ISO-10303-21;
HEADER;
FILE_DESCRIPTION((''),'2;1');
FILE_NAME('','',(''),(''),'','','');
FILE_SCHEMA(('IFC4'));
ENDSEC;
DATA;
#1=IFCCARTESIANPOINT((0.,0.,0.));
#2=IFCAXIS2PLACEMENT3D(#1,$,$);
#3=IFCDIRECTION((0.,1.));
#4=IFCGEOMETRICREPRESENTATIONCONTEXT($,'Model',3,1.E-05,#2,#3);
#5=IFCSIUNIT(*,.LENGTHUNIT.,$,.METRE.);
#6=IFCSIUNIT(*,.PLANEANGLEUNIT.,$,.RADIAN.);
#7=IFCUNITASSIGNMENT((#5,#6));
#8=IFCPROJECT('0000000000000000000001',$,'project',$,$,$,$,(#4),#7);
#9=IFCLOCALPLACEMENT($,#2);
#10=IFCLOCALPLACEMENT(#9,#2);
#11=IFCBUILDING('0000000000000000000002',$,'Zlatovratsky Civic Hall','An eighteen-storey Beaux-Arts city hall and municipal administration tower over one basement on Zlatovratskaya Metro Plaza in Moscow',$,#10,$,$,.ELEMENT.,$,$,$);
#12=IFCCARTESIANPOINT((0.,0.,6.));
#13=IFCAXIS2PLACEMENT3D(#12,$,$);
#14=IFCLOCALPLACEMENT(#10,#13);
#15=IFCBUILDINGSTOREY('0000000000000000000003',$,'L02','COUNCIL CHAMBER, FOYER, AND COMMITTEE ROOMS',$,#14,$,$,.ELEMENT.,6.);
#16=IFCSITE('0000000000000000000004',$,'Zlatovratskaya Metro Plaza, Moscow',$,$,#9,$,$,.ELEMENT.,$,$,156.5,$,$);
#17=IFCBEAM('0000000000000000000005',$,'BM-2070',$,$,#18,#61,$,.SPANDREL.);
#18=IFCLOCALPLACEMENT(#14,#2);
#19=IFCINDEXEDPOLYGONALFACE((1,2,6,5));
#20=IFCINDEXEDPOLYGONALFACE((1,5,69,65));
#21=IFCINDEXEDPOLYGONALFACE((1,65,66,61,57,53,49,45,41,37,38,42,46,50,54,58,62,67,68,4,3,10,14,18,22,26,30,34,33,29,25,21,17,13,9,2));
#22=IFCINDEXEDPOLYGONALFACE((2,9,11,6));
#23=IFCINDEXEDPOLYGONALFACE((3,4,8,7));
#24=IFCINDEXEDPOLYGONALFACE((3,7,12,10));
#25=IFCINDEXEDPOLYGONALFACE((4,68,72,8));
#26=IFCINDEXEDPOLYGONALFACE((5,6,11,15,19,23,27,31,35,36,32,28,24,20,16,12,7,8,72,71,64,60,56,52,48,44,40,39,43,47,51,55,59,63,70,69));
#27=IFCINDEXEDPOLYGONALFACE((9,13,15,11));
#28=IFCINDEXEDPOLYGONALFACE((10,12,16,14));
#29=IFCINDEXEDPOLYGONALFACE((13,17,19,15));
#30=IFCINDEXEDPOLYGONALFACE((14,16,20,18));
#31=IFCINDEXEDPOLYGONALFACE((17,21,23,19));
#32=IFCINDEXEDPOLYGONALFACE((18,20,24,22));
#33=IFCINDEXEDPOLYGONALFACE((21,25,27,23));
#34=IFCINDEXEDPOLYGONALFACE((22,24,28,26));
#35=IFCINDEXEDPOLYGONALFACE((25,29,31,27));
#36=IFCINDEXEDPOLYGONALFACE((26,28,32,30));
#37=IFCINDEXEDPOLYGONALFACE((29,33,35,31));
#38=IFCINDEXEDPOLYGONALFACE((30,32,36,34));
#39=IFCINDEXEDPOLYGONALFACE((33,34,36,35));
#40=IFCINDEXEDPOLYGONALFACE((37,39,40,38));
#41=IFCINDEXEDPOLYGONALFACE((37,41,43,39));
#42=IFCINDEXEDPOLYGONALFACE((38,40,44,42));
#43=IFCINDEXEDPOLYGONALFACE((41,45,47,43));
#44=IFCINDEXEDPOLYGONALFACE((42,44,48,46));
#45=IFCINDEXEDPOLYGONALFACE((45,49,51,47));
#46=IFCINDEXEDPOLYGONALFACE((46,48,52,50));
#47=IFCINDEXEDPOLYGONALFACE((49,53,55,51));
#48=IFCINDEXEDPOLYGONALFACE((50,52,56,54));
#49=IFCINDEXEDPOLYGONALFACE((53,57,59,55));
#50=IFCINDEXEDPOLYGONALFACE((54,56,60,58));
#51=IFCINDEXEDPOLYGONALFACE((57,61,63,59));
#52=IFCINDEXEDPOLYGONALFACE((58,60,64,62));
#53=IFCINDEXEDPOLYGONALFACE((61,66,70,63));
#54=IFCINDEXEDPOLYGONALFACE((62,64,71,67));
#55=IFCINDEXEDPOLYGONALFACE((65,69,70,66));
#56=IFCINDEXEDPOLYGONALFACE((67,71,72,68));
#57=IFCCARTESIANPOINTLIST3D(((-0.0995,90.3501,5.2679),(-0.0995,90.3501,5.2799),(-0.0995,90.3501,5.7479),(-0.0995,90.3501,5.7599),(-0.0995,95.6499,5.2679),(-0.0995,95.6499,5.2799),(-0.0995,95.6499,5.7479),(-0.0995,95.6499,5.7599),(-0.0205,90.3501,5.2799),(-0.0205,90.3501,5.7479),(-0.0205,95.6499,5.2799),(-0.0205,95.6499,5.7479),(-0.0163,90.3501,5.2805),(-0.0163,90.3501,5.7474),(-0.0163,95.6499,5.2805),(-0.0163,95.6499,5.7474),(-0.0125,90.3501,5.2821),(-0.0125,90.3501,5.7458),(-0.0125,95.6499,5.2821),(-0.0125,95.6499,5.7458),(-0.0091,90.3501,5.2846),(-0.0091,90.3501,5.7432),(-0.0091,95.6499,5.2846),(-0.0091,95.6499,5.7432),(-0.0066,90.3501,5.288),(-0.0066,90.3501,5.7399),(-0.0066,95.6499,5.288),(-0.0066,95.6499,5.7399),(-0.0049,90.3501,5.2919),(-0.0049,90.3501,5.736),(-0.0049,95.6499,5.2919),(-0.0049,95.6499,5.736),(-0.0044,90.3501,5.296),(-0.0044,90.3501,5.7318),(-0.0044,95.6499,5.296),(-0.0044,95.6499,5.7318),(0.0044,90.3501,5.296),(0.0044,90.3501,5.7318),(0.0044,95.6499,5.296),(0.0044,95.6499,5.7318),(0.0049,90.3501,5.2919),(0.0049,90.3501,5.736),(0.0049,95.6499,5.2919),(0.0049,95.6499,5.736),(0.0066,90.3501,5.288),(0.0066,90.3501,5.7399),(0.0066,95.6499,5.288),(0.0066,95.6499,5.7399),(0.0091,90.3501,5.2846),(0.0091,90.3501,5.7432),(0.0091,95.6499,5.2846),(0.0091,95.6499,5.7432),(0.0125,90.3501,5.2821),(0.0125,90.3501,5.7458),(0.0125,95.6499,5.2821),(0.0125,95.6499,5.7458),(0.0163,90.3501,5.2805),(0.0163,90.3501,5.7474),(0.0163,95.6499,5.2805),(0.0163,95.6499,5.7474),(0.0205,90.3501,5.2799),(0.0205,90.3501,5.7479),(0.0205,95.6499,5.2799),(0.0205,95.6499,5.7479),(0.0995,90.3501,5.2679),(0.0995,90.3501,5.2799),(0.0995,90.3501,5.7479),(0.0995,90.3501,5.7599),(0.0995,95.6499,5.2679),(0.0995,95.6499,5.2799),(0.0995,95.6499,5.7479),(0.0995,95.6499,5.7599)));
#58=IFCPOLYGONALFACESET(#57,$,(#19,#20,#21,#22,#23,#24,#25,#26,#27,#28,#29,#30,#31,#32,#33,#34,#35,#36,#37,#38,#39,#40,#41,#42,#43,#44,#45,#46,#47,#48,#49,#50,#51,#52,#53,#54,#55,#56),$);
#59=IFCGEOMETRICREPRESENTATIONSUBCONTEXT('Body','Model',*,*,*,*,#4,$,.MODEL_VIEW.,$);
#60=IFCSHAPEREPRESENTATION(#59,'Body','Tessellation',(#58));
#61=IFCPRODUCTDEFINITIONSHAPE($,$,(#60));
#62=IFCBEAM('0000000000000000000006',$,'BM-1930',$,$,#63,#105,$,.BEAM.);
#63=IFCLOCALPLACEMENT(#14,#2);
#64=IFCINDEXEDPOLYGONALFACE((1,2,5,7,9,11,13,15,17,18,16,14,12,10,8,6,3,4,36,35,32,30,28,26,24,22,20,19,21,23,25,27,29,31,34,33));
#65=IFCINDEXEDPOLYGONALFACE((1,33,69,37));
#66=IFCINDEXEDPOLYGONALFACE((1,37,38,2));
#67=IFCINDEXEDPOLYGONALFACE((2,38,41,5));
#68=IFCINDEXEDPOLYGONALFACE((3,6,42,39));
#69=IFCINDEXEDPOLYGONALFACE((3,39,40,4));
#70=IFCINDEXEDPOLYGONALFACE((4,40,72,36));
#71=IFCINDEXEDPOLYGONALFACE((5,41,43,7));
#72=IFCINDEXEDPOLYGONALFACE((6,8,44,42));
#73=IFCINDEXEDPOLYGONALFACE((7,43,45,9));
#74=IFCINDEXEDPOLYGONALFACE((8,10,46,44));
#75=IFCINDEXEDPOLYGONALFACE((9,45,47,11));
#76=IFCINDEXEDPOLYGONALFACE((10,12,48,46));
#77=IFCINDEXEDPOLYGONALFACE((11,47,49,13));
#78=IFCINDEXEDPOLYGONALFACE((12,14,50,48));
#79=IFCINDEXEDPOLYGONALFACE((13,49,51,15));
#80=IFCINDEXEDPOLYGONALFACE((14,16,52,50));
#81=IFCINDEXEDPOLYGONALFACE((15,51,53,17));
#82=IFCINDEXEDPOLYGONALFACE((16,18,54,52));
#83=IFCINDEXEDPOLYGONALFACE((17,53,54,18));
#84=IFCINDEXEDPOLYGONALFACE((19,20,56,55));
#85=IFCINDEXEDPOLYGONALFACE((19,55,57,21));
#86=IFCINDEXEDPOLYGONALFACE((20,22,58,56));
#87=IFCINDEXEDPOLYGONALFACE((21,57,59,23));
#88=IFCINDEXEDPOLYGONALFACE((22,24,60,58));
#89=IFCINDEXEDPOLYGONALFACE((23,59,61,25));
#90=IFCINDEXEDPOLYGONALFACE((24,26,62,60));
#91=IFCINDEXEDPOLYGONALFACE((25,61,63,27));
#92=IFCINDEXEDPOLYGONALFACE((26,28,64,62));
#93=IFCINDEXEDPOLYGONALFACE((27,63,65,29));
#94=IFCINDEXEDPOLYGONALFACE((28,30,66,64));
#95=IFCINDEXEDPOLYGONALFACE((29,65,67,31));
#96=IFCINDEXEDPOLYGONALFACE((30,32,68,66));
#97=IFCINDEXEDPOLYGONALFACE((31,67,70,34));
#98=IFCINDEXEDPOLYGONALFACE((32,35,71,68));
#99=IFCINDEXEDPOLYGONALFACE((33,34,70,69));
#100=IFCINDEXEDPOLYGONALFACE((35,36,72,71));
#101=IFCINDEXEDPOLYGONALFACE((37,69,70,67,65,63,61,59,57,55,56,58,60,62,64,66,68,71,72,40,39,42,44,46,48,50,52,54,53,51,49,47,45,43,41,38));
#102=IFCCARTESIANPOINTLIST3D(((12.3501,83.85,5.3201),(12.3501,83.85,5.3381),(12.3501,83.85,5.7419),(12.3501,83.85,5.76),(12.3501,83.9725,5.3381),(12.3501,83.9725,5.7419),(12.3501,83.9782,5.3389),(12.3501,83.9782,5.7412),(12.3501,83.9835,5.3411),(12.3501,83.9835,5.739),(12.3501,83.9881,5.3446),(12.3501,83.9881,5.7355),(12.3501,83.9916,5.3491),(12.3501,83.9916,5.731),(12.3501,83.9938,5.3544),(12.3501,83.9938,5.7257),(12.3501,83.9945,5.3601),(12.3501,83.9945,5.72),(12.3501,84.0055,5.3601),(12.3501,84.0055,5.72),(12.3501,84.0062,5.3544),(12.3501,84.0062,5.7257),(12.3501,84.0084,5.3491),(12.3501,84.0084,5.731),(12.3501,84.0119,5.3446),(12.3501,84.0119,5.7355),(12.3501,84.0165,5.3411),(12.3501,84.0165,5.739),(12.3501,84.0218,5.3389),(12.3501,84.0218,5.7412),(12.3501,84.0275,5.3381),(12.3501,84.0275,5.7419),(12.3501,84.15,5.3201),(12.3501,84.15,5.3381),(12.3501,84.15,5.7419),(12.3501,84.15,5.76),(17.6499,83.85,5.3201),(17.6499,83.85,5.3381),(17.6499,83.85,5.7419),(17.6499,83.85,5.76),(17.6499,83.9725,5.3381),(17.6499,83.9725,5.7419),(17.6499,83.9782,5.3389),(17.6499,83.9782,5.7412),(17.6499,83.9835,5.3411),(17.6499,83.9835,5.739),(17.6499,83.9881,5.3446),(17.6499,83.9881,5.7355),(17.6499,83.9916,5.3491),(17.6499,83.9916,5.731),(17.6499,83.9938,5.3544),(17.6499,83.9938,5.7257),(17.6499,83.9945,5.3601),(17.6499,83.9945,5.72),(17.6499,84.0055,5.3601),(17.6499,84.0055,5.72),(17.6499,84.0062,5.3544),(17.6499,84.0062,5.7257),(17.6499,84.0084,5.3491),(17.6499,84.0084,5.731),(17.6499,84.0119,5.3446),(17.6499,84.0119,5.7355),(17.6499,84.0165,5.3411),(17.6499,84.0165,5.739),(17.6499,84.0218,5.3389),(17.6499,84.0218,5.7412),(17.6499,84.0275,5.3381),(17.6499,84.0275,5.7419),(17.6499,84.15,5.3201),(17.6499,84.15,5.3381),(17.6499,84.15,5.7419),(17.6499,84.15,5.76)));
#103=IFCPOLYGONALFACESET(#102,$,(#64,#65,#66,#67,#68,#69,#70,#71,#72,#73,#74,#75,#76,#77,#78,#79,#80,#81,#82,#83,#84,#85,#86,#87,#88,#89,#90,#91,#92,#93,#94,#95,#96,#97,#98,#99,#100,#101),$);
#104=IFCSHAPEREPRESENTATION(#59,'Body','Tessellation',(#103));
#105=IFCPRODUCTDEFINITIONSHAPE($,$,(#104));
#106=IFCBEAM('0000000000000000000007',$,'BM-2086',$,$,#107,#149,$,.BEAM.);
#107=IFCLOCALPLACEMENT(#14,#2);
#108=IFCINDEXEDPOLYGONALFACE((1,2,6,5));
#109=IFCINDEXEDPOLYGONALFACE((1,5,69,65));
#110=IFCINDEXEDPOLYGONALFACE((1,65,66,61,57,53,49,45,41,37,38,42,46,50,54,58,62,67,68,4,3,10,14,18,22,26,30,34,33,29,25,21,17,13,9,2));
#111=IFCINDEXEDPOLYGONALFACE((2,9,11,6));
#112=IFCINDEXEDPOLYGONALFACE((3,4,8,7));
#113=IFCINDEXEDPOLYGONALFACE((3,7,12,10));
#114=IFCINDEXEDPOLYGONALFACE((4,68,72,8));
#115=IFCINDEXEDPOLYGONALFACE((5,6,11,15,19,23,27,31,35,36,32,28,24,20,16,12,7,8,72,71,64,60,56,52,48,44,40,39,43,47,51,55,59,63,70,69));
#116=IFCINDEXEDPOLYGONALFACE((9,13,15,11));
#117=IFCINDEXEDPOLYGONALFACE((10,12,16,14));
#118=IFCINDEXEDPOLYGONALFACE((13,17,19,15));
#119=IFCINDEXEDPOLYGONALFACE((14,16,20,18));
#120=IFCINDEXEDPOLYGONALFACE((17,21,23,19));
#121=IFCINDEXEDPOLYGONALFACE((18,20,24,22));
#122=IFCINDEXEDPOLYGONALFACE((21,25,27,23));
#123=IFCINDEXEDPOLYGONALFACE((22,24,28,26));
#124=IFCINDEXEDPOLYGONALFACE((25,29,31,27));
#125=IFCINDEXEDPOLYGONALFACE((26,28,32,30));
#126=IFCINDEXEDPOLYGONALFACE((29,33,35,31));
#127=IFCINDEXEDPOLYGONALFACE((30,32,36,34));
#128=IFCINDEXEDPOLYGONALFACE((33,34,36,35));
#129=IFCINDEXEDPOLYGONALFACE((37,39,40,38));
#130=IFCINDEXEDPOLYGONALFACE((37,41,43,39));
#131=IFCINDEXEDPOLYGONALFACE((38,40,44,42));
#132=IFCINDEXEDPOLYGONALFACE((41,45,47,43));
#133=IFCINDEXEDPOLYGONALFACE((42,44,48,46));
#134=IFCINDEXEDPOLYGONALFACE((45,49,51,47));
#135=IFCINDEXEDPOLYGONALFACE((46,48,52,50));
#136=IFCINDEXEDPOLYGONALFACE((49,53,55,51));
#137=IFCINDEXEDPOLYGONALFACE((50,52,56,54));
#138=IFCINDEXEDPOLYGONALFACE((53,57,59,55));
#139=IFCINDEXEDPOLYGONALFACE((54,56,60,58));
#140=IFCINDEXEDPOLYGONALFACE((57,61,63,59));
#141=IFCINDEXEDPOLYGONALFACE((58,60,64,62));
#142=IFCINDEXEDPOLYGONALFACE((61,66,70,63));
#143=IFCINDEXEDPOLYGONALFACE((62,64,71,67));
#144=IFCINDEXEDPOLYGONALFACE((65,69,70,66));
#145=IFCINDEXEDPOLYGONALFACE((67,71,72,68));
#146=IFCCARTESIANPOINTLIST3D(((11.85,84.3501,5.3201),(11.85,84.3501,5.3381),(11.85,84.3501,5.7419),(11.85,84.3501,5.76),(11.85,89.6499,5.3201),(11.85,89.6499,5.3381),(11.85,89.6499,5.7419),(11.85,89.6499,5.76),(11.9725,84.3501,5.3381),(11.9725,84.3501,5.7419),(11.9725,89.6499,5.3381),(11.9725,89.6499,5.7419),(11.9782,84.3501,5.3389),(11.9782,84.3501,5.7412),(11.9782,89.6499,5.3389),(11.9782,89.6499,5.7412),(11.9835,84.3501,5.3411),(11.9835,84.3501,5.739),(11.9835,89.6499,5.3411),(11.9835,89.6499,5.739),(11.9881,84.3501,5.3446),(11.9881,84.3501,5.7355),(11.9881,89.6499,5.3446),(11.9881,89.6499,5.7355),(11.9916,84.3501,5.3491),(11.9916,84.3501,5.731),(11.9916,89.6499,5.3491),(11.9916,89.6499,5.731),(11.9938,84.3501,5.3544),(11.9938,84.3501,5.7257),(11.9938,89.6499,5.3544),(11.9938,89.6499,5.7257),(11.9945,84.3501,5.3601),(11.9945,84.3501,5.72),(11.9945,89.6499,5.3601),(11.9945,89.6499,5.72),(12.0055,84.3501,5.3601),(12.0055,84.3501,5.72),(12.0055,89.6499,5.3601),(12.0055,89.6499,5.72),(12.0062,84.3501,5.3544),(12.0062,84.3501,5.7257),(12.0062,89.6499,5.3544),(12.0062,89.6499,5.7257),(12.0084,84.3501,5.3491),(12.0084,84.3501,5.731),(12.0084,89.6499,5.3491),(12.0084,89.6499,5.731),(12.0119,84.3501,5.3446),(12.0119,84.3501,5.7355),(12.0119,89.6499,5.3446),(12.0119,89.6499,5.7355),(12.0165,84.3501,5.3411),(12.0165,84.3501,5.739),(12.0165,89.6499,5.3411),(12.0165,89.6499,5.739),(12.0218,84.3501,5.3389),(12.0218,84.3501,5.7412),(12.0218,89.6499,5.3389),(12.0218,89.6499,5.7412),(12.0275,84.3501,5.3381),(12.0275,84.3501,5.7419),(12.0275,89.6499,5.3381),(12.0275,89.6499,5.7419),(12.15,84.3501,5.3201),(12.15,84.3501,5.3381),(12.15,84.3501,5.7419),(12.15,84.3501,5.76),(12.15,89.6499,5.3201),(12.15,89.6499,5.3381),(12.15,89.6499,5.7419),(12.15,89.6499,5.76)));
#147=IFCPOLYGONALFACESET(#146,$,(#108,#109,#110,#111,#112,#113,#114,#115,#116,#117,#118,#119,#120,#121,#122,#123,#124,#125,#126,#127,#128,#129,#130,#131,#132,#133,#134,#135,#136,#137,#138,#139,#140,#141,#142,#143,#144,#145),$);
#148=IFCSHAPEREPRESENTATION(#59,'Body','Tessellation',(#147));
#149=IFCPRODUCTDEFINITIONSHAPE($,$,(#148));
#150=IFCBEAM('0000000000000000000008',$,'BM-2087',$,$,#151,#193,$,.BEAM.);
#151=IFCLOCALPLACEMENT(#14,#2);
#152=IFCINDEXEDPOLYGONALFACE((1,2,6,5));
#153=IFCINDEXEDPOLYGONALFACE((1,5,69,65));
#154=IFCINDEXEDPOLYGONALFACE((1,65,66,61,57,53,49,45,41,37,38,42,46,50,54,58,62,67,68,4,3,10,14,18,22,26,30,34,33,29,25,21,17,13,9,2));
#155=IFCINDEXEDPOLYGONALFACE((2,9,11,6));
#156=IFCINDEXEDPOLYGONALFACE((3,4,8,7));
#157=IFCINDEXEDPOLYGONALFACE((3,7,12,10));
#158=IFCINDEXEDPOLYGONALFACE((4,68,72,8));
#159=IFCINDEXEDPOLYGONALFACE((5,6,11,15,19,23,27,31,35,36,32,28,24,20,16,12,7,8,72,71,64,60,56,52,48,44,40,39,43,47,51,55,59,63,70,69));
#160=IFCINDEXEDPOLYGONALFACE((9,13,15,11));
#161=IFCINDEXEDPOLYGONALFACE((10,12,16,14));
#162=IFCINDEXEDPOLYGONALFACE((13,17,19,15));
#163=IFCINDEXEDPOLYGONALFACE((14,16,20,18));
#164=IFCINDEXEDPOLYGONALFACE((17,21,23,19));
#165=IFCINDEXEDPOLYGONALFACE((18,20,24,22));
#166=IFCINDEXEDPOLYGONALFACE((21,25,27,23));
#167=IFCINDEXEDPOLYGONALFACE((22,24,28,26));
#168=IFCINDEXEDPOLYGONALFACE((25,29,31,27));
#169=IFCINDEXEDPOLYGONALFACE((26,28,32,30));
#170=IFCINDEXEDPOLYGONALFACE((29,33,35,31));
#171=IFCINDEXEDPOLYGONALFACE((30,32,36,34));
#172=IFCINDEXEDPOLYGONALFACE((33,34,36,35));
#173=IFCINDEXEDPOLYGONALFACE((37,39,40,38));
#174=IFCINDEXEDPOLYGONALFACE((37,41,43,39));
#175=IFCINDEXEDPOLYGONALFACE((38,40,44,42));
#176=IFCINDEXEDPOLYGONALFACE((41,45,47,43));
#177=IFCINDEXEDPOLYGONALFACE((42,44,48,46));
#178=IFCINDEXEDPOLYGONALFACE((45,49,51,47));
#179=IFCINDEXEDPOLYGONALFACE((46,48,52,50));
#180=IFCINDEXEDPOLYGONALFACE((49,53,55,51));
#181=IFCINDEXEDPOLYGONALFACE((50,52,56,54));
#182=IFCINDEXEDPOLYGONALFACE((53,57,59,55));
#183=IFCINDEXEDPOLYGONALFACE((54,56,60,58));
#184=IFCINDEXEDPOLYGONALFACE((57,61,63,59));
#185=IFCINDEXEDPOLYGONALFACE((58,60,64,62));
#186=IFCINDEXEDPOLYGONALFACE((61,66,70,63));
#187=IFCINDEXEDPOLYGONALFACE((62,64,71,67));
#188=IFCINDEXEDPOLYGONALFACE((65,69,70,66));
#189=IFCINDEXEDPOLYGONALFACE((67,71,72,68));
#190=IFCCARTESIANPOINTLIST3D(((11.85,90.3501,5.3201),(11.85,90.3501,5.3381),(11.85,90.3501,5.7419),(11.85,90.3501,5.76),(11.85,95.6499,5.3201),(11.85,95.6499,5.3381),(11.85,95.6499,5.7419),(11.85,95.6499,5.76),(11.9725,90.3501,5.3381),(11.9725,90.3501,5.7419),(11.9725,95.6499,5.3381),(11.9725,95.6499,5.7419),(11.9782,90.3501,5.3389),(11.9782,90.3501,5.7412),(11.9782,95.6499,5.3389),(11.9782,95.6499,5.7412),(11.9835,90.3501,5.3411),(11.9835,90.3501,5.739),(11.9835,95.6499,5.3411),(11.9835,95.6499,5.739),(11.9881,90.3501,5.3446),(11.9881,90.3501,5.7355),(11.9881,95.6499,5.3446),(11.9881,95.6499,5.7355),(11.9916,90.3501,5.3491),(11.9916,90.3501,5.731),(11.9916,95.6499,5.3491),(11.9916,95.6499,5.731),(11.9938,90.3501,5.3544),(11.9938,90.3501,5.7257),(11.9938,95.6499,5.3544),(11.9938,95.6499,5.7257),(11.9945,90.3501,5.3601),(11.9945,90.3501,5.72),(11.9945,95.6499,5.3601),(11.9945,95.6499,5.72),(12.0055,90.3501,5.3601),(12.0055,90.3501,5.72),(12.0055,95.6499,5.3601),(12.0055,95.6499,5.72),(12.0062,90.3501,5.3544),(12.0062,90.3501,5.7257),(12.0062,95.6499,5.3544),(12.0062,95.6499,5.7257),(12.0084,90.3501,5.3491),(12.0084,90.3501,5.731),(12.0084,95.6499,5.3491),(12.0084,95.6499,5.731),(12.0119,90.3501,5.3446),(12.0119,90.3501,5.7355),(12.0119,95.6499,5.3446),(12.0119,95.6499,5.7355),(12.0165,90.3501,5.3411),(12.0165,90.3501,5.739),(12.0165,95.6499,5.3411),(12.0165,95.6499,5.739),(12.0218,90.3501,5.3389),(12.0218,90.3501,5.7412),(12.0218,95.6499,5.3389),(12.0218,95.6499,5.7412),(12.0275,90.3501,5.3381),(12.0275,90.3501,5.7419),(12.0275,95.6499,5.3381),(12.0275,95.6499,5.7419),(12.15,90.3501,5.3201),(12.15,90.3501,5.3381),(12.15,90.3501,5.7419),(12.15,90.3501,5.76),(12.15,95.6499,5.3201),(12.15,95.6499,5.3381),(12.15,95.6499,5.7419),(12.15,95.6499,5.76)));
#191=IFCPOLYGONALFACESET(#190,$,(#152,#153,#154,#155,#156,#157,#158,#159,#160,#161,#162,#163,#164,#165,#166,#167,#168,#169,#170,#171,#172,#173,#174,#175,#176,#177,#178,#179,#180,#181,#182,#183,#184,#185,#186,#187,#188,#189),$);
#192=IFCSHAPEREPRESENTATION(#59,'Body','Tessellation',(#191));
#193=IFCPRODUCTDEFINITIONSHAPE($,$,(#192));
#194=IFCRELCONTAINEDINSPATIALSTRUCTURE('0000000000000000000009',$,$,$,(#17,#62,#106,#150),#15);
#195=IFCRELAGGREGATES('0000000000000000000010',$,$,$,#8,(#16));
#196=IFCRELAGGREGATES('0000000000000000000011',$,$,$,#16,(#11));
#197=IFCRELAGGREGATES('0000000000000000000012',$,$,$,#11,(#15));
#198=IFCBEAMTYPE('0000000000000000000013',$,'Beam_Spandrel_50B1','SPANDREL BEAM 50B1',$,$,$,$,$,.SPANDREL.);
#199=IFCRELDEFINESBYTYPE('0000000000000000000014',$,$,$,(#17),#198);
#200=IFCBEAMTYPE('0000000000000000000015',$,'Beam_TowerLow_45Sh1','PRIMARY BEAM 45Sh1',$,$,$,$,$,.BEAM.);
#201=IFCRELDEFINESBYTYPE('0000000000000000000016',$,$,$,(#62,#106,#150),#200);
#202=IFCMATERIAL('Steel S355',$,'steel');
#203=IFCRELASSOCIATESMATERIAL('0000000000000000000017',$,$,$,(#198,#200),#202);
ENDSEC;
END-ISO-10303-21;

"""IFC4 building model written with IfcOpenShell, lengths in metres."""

from ifc_helpers import new_model, si_unit, direction, frame, origin, origin_2d, place, context, subcontext, project, spatial, i_section, extrude, material, material_profile, profile_set, type_object, element, save


model = new_model("IFC4")

# Units and contexts
model_context = context("Model", 3, precision=1e-05, world=origin(), true_north=direction((0.0, 1.0)))
body_context = subcontext(model_context, "Body", "Model", "MODEL_VIEW")
ifc_project = project(units=[si_unit("LENGTHUNIT", "METRE"), si_unit("PLANEANGLEUNIT", "RADIAN")], contexts=[model_context])

# Site, building, storey
site_placement = place(None, origin())
site = spatial("IfcSite", under=ifc_project, at=site_placement, Name="Zlatovratskaya Metro Plaza, Moscow", CompositionType="ELEMENT", RefElevation=156.5)
building_placement = place(site_placement, origin())
building = spatial("IfcBuilding", under=site, at=building_placement, Name="Zlatovratsky Civic Hall", Description="An eighteen-storey Beaux-Arts city hall and municipal administration tower over one basement on Zlatovratskaya Metro Plaza in Moscow", CompositionType="ELEMENT")
storey_placement = place(building_placement, frame((0.0, 0.0, 6.0)))
storey = spatial("IfcBuildingStorey", under=building, at=storey_placement, Name="L02", Description="COUNCIL CHAMBER, FOYER, AND COMMITTEE ROOMS", CompositionType="ELEMENT", Elevation=6.0)

# Beams
ifc_material_1 = material(Name="Steel S355", Category="steel")
ifc_material_profile_1 = material_profile(ifc_material_1, i_section(OverallWidth=0.199, OverallDepth=0.4919, WebThickness=0.0088, FlangeThickness=0.012, FilletRadius=0.0161, at=origin_2d()), Name="50B1")
ifc_profile_set_1 = profile_set([ifc_material_profile_1], Name="Steel S355")
beam_type_1 = type_object("IfcBeamType", Name="Beam_Spandrel_50B1", Description="SPANDREL BEAM 50B1", PredefinedType="SPANDREL", material=ifc_profile_set_1)
for number, where, z_axis, x_axis, name in (
    (1, (0.0, 90.3501, 5.5139), (0.0, 1.0, 0.0), (-1.0, 0.0, 0.0), "BM-2070"),
):
    element("IfcBeam", number, at=place(storey_placement, frame(where, z_axis=z_axis, x_axis=x_axis)), inside=storey, type_object=beam_type_1, Name=name, PredefinedType="SPANDREL", context=body_context, shape_type="SweptSolid", body=[
        extrude(i_section(OverallWidth=0.199, OverallDepth=0.4919, WebThickness=0.0088, FlangeThickness=0.012, FilletRadius=0.0161, at=origin_2d()), origin(), (0.0, 0.0, 1.0), 5.2998),
    ])
ifc_material_profile_2 = material_profile(ifc_material_1, i_section(OverallWidth=0.3, OverallDepth=0.4399, WebThickness=0.011, FlangeThickness=0.0181, FilletRadius=0.022, at=origin_2d()), Name="45Sh1")
ifc_profile_set_2 = profile_set([ifc_material_profile_2], Name="Steel S355")
beam_type_2 = type_object("IfcBeamType", Name="Beam_TowerLow_45Sh1", Description="PRIMARY BEAM 45Sh1", PredefinedType="BEAM", material=ifc_profile_set_2)
for number, where, z_axis, x_axis, name in (
    (2, (12.3501, 84.0, 5.54), (1.0, 0.0, 0.0), (0.0, 1.0, 0.0), "BM-1930"),
    (3, (12.0, 84.3501, 5.54), (0.0, 1.0, 0.0), (-1.0, 0.0, 0.0), "BM-2086"),
    (4, (12.0, 90.3501, 5.54), (0.0, 1.0, 0.0), (-1.0, 0.0, 0.0), "BM-2087"),
):
    element("IfcBeam", number, at=place(storey_placement, frame(where, z_axis=z_axis, x_axis=x_axis)), inside=storey, type_object=beam_type_2, Name=name, PredefinedType="BEAM", context=body_context, shape_type="SweptSolid", body=[
        extrude(i_section(OverallWidth=0.3, OverallDepth=0.4399, WebThickness=0.011, FlangeThickness=0.0181, FilletRadius=0.022, at=origin_2d()), origin(), (0.0, 0.0, 1.0), 5.2998),
    ])

save(model, "model.ifc")
